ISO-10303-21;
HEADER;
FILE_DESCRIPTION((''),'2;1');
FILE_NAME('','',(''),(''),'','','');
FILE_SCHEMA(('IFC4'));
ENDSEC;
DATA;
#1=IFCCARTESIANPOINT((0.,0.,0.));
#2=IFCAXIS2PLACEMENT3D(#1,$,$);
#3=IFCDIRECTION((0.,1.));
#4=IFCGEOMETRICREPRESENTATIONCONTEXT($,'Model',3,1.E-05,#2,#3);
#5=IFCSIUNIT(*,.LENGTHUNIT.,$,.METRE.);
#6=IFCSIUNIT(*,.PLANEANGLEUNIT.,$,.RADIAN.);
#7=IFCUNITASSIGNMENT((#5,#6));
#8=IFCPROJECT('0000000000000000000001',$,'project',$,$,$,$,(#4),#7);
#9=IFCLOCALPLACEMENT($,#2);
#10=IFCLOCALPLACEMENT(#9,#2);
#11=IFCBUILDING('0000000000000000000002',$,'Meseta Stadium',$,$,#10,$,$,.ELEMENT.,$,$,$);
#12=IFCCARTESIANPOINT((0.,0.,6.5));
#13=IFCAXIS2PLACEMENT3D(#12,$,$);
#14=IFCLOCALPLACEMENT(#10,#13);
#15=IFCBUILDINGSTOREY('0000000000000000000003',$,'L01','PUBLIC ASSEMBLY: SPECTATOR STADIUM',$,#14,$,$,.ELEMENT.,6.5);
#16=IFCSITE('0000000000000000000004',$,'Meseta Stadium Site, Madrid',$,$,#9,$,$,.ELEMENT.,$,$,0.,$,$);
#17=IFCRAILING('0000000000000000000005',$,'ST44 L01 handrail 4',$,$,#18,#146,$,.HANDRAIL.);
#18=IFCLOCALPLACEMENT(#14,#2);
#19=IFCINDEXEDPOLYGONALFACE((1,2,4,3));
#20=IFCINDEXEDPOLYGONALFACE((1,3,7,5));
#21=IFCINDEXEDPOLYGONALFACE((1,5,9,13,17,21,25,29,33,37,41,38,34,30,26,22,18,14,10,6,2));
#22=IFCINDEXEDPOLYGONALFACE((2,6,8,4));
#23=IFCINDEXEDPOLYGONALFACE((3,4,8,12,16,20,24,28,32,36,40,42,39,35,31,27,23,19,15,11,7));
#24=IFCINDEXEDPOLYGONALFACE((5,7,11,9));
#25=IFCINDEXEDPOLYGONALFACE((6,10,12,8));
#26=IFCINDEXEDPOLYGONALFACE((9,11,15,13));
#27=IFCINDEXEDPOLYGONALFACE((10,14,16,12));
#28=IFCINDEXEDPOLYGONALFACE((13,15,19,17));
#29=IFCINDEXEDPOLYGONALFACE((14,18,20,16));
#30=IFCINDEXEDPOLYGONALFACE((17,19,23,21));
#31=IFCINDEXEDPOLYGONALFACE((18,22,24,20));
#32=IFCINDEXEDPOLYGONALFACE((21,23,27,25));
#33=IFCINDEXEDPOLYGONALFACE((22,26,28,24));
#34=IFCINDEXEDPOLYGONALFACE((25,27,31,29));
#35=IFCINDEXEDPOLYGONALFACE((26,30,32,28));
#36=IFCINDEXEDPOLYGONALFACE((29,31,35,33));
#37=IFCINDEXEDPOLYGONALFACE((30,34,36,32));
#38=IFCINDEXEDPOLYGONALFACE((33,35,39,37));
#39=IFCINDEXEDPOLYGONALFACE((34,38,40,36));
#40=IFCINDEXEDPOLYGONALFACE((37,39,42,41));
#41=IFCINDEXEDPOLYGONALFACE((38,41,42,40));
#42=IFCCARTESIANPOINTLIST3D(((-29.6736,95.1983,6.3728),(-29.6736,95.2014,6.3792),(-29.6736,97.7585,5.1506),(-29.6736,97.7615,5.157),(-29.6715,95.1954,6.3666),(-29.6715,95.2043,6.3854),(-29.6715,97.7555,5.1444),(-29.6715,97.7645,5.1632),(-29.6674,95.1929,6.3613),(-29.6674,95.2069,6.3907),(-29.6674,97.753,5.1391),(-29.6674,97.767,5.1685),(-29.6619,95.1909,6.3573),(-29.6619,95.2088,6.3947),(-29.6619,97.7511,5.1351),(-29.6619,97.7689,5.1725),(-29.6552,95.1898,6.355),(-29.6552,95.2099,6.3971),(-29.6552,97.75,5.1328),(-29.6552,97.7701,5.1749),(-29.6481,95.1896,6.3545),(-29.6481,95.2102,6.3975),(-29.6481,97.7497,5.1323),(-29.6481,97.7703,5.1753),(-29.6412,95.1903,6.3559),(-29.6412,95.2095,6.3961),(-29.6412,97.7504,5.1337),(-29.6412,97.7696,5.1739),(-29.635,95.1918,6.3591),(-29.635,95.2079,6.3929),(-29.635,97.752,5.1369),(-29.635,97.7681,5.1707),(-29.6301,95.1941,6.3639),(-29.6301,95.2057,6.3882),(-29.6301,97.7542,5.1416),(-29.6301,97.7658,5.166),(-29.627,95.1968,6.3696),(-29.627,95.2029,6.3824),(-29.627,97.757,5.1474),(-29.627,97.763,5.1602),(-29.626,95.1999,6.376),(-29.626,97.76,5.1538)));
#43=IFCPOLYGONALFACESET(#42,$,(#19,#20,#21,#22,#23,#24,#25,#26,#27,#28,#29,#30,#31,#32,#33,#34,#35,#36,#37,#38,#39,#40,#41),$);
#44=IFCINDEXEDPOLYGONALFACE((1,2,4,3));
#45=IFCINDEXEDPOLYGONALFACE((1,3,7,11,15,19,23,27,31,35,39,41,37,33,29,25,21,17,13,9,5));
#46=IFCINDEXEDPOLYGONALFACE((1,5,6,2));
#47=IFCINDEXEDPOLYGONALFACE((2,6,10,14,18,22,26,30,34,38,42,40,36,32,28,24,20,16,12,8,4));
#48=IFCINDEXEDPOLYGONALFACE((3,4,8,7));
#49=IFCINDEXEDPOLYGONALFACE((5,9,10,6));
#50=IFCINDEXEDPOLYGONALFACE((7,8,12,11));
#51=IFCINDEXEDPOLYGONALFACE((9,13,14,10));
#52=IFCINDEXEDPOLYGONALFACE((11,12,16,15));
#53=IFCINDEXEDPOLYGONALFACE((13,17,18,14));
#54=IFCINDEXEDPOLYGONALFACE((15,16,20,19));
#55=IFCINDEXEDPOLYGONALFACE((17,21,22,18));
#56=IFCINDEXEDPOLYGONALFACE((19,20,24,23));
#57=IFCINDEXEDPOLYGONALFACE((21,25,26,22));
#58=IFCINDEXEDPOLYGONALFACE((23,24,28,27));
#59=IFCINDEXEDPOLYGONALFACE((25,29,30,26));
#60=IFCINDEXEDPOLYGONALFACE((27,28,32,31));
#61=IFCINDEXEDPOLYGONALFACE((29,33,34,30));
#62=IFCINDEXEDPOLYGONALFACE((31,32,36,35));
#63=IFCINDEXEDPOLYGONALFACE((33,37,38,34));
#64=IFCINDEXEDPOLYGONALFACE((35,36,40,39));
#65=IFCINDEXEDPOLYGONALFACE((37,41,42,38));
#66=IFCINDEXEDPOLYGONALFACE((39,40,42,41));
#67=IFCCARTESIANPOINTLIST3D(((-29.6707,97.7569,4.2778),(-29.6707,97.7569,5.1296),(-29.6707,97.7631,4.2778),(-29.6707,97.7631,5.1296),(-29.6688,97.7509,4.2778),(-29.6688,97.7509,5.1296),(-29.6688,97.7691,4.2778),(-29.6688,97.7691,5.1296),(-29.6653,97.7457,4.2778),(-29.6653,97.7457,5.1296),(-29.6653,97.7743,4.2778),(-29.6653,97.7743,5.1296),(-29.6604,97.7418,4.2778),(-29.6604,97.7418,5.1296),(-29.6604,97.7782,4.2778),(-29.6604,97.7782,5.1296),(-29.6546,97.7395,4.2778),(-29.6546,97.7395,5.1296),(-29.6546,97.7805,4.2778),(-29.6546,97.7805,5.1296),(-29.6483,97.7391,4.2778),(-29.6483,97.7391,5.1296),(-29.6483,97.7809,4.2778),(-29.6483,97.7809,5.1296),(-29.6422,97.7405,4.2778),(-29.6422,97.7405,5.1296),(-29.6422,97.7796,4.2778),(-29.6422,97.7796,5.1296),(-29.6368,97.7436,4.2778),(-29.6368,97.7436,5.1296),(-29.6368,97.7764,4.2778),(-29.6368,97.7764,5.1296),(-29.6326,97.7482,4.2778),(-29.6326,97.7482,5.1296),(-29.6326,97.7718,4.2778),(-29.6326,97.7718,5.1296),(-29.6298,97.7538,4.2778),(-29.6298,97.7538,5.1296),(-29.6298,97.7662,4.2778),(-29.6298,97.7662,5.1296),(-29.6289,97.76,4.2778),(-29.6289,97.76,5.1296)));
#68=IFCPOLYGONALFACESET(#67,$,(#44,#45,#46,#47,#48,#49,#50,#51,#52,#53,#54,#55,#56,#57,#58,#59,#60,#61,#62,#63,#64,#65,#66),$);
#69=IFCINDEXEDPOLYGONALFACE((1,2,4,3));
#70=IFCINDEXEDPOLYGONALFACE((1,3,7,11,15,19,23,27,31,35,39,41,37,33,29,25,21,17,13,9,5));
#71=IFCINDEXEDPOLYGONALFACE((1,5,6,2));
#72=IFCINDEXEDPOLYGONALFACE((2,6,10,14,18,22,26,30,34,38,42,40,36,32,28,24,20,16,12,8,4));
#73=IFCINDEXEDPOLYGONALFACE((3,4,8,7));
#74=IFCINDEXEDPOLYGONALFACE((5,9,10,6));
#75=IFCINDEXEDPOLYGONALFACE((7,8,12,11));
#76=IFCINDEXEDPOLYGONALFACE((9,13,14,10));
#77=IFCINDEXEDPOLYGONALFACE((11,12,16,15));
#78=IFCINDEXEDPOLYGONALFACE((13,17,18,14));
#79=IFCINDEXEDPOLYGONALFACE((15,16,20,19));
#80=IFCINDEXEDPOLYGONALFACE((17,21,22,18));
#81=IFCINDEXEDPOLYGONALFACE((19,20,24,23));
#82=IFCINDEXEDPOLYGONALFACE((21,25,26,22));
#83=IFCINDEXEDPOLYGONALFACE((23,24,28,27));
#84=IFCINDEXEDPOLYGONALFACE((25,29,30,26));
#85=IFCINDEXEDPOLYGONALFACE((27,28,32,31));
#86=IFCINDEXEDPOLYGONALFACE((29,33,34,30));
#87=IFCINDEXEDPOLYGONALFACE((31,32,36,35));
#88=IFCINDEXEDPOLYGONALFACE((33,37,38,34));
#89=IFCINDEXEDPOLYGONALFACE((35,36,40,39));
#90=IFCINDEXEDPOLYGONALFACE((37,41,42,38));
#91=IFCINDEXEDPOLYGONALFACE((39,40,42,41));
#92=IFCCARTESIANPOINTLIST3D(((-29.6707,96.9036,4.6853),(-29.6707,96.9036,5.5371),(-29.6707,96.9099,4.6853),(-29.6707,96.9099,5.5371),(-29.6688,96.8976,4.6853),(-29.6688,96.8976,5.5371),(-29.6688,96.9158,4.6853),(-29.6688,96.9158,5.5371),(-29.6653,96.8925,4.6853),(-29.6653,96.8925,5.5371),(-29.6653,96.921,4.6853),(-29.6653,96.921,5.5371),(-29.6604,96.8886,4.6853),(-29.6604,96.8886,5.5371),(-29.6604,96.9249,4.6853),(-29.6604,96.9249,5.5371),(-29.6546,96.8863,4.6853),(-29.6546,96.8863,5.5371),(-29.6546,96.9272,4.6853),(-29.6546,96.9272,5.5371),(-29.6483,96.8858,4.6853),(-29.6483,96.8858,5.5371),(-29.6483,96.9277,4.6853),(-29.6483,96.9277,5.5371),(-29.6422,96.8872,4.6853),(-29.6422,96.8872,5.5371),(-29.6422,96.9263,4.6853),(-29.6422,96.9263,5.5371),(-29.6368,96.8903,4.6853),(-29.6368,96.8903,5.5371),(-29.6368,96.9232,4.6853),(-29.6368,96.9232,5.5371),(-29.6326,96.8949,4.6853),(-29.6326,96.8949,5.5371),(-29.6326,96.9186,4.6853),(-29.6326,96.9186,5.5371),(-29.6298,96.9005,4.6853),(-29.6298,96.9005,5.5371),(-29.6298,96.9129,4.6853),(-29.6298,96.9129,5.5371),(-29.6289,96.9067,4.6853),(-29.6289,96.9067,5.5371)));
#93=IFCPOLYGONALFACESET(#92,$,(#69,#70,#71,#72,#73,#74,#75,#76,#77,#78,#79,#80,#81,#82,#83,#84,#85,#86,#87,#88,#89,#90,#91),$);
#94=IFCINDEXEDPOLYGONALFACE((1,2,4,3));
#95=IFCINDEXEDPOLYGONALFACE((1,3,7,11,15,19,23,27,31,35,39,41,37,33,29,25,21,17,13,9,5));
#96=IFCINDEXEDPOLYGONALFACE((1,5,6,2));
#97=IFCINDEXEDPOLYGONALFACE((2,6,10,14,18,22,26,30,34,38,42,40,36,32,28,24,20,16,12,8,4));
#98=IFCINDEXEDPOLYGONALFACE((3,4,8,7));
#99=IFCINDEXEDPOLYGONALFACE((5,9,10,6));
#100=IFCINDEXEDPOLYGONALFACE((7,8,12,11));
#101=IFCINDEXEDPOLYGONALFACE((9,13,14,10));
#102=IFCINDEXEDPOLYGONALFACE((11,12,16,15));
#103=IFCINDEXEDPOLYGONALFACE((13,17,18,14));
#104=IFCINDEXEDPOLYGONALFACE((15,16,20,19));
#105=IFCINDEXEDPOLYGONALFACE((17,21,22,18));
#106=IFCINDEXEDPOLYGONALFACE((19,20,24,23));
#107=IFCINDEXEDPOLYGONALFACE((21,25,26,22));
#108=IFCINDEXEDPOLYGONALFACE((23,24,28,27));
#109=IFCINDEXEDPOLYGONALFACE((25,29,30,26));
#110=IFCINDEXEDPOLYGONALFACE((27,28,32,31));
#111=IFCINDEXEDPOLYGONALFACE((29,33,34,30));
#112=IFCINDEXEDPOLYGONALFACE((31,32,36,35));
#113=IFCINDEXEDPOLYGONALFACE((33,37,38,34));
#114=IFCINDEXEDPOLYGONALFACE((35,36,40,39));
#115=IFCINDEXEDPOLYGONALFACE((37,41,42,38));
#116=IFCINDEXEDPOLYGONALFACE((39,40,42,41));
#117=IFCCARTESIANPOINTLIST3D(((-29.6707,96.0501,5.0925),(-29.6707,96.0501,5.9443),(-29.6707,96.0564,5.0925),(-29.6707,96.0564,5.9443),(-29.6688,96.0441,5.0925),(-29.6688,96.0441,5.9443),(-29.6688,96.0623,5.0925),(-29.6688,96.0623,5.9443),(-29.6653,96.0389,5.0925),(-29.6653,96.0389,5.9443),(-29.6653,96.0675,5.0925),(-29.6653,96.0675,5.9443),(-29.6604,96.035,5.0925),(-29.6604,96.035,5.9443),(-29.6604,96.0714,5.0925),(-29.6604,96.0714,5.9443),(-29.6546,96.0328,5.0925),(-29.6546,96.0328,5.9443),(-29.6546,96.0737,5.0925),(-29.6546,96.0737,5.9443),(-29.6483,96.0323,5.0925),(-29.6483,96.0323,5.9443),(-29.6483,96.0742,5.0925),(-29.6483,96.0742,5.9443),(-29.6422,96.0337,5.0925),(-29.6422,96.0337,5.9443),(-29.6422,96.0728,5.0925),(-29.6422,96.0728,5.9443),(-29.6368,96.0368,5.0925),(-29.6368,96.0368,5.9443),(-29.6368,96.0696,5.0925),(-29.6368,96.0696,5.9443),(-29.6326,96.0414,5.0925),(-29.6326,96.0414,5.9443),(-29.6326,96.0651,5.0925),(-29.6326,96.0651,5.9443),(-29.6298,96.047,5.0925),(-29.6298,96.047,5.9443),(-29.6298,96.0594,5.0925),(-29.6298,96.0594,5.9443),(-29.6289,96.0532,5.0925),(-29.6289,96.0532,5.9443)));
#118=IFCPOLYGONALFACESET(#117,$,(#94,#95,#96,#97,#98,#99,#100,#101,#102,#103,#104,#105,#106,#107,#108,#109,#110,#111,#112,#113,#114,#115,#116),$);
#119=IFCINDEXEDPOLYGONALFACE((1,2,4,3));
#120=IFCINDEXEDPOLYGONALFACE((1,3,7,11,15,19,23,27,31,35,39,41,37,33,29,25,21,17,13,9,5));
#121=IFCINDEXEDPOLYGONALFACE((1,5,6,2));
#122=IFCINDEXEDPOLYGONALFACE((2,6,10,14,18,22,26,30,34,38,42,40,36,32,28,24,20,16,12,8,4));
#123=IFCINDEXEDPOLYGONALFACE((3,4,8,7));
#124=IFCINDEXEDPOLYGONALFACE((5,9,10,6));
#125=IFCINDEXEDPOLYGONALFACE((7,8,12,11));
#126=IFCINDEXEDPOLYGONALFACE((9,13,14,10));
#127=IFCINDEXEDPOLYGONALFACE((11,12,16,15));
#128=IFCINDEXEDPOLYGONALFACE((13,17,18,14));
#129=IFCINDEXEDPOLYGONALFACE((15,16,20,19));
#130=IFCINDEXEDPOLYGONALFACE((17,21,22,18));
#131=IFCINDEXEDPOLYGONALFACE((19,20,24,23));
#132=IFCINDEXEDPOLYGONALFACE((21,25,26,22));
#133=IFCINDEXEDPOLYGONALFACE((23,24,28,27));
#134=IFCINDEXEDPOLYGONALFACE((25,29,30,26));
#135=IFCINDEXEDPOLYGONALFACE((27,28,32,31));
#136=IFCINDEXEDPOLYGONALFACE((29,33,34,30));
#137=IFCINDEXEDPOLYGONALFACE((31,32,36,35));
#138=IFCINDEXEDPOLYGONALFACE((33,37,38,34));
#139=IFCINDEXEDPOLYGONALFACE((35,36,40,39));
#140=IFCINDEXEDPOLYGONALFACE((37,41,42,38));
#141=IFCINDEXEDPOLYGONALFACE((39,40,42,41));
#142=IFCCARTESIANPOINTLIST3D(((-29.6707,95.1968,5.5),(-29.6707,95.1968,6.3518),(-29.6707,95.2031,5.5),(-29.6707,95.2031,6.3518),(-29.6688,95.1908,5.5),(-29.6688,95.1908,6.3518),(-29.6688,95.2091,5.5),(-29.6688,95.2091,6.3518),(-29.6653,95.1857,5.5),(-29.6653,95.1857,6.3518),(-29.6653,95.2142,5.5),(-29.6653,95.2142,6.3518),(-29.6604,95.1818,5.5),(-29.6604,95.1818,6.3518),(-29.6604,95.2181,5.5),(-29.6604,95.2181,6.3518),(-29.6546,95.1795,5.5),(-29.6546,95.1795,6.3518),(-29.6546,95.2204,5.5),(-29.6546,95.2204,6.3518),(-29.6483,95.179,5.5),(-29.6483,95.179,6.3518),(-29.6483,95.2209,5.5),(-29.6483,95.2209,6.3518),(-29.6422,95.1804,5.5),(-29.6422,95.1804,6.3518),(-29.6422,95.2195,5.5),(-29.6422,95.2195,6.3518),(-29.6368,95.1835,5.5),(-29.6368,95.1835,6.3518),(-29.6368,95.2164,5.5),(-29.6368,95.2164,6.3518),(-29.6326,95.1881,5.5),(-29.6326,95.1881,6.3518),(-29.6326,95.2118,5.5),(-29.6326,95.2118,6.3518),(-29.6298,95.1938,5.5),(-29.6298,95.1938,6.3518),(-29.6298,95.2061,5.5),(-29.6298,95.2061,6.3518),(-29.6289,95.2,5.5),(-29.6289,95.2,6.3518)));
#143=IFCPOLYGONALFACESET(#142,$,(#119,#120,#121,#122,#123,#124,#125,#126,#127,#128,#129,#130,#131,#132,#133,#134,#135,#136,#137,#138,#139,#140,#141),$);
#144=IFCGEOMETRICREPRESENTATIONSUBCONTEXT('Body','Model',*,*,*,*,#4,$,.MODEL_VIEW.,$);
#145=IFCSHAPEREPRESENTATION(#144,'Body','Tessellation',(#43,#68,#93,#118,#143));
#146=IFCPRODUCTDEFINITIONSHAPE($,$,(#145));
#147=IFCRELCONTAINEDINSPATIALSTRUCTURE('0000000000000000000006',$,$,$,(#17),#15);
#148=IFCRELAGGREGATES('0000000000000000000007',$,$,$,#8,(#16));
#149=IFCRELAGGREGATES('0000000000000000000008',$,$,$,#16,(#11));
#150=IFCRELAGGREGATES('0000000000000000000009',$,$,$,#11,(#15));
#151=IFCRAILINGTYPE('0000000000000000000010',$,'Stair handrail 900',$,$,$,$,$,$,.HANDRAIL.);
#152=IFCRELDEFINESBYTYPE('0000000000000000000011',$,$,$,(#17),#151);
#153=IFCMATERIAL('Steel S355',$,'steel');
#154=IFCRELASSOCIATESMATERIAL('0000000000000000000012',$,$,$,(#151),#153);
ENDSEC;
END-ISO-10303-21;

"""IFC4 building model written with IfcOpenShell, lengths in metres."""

from ifc_helpers import new_model, si_unit, direction, frame, origin, origin_2d, place, context, subcontext, project, spatial, circle, extrude, material, type_object, element, save


model = new_model("IFC4")

# Units and contexts
model_context = context("Model", 3, precision=1e-05, world=origin(), true_north=direction((0.0, 1.0)))
body_context = subcontext(model_context, "Body", "Model", "MODEL_VIEW")
ifc_project = project(units=[si_unit("LENGTHUNIT", "METRE"), si_unit("PLANEANGLEUNIT", "RADIAN")], contexts=[model_context])

# Site, building, storey
site_placement = place(None, origin())
site = spatial("IfcSite", under=ifc_project, at=site_placement, Name="Meseta Stadium Site, Madrid", CompositionType="ELEMENT", RefElevation=0.0)
building_placement = place(site_placement, origin())
building = spatial("IfcBuilding", under=site, at=building_placement, Name="Meseta Stadium", CompositionType="ELEMENT")
storey_placement = place(building_placement, frame((0.0, 0.0, 6.5)))
storey = spatial("IfcBuildingStorey", under=building, at=storey_placement, Name="L01", Description="PUBLIC ASSEMBLY: SPECTATOR STADIUM", CompositionType="ELEMENT", Elevation=6.5)

# Railing
ifc_material_1 = material(Name="Steel S355", Category="steel")
railing_type_1 = type_object("IfcRailingType", Name="Stair handrail 900", PredefinedType="HANDRAIL", material=ifc_material_1)
railing_1_placement = place(storey_placement, frame((-29.6499, 97.76, 4.2778)))
element("IfcRailing", 1, at=railing_1_placement, inside=storey, type_object=railing_type_1, Name="ST44 L01 handrail 4", PredefinedType="HANDRAIL", context=body_context, shape_type="SweptSolid", body=[
    extrude(circle(Radius=0.0239, at=origin_2d()), frame((0.0, 0.0, 0.876), z_axis=(0.0, -0.902437, 0.430822), x_axis=(1.0, 0.0, 0.0)), (0.0, 0.0, 1.0), 2.8369),
    extrude(circle(Radius=0.021, at=origin_2d()), origin(), (0.0, 0.0, 1.0), 0.8518),
    extrude(circle(Radius=0.021, at=origin_2d()), frame((0.0, -0.8533, 0.4075)), (0.0, 0.0, 1.0), 0.8518),
    extrude(circle(Radius=0.021, at=origin_2d()), frame((0.0, -1.7068, 0.8147)), (0.0, 0.0, 1.0), 0.8518),
    extrude(circle(Radius=0.021, at=origin_2d()), frame((0.0, -2.5601, 1.2222)), (0.0, 0.0, 1.0), 0.8518),
])

save(model, "model.ifc")
